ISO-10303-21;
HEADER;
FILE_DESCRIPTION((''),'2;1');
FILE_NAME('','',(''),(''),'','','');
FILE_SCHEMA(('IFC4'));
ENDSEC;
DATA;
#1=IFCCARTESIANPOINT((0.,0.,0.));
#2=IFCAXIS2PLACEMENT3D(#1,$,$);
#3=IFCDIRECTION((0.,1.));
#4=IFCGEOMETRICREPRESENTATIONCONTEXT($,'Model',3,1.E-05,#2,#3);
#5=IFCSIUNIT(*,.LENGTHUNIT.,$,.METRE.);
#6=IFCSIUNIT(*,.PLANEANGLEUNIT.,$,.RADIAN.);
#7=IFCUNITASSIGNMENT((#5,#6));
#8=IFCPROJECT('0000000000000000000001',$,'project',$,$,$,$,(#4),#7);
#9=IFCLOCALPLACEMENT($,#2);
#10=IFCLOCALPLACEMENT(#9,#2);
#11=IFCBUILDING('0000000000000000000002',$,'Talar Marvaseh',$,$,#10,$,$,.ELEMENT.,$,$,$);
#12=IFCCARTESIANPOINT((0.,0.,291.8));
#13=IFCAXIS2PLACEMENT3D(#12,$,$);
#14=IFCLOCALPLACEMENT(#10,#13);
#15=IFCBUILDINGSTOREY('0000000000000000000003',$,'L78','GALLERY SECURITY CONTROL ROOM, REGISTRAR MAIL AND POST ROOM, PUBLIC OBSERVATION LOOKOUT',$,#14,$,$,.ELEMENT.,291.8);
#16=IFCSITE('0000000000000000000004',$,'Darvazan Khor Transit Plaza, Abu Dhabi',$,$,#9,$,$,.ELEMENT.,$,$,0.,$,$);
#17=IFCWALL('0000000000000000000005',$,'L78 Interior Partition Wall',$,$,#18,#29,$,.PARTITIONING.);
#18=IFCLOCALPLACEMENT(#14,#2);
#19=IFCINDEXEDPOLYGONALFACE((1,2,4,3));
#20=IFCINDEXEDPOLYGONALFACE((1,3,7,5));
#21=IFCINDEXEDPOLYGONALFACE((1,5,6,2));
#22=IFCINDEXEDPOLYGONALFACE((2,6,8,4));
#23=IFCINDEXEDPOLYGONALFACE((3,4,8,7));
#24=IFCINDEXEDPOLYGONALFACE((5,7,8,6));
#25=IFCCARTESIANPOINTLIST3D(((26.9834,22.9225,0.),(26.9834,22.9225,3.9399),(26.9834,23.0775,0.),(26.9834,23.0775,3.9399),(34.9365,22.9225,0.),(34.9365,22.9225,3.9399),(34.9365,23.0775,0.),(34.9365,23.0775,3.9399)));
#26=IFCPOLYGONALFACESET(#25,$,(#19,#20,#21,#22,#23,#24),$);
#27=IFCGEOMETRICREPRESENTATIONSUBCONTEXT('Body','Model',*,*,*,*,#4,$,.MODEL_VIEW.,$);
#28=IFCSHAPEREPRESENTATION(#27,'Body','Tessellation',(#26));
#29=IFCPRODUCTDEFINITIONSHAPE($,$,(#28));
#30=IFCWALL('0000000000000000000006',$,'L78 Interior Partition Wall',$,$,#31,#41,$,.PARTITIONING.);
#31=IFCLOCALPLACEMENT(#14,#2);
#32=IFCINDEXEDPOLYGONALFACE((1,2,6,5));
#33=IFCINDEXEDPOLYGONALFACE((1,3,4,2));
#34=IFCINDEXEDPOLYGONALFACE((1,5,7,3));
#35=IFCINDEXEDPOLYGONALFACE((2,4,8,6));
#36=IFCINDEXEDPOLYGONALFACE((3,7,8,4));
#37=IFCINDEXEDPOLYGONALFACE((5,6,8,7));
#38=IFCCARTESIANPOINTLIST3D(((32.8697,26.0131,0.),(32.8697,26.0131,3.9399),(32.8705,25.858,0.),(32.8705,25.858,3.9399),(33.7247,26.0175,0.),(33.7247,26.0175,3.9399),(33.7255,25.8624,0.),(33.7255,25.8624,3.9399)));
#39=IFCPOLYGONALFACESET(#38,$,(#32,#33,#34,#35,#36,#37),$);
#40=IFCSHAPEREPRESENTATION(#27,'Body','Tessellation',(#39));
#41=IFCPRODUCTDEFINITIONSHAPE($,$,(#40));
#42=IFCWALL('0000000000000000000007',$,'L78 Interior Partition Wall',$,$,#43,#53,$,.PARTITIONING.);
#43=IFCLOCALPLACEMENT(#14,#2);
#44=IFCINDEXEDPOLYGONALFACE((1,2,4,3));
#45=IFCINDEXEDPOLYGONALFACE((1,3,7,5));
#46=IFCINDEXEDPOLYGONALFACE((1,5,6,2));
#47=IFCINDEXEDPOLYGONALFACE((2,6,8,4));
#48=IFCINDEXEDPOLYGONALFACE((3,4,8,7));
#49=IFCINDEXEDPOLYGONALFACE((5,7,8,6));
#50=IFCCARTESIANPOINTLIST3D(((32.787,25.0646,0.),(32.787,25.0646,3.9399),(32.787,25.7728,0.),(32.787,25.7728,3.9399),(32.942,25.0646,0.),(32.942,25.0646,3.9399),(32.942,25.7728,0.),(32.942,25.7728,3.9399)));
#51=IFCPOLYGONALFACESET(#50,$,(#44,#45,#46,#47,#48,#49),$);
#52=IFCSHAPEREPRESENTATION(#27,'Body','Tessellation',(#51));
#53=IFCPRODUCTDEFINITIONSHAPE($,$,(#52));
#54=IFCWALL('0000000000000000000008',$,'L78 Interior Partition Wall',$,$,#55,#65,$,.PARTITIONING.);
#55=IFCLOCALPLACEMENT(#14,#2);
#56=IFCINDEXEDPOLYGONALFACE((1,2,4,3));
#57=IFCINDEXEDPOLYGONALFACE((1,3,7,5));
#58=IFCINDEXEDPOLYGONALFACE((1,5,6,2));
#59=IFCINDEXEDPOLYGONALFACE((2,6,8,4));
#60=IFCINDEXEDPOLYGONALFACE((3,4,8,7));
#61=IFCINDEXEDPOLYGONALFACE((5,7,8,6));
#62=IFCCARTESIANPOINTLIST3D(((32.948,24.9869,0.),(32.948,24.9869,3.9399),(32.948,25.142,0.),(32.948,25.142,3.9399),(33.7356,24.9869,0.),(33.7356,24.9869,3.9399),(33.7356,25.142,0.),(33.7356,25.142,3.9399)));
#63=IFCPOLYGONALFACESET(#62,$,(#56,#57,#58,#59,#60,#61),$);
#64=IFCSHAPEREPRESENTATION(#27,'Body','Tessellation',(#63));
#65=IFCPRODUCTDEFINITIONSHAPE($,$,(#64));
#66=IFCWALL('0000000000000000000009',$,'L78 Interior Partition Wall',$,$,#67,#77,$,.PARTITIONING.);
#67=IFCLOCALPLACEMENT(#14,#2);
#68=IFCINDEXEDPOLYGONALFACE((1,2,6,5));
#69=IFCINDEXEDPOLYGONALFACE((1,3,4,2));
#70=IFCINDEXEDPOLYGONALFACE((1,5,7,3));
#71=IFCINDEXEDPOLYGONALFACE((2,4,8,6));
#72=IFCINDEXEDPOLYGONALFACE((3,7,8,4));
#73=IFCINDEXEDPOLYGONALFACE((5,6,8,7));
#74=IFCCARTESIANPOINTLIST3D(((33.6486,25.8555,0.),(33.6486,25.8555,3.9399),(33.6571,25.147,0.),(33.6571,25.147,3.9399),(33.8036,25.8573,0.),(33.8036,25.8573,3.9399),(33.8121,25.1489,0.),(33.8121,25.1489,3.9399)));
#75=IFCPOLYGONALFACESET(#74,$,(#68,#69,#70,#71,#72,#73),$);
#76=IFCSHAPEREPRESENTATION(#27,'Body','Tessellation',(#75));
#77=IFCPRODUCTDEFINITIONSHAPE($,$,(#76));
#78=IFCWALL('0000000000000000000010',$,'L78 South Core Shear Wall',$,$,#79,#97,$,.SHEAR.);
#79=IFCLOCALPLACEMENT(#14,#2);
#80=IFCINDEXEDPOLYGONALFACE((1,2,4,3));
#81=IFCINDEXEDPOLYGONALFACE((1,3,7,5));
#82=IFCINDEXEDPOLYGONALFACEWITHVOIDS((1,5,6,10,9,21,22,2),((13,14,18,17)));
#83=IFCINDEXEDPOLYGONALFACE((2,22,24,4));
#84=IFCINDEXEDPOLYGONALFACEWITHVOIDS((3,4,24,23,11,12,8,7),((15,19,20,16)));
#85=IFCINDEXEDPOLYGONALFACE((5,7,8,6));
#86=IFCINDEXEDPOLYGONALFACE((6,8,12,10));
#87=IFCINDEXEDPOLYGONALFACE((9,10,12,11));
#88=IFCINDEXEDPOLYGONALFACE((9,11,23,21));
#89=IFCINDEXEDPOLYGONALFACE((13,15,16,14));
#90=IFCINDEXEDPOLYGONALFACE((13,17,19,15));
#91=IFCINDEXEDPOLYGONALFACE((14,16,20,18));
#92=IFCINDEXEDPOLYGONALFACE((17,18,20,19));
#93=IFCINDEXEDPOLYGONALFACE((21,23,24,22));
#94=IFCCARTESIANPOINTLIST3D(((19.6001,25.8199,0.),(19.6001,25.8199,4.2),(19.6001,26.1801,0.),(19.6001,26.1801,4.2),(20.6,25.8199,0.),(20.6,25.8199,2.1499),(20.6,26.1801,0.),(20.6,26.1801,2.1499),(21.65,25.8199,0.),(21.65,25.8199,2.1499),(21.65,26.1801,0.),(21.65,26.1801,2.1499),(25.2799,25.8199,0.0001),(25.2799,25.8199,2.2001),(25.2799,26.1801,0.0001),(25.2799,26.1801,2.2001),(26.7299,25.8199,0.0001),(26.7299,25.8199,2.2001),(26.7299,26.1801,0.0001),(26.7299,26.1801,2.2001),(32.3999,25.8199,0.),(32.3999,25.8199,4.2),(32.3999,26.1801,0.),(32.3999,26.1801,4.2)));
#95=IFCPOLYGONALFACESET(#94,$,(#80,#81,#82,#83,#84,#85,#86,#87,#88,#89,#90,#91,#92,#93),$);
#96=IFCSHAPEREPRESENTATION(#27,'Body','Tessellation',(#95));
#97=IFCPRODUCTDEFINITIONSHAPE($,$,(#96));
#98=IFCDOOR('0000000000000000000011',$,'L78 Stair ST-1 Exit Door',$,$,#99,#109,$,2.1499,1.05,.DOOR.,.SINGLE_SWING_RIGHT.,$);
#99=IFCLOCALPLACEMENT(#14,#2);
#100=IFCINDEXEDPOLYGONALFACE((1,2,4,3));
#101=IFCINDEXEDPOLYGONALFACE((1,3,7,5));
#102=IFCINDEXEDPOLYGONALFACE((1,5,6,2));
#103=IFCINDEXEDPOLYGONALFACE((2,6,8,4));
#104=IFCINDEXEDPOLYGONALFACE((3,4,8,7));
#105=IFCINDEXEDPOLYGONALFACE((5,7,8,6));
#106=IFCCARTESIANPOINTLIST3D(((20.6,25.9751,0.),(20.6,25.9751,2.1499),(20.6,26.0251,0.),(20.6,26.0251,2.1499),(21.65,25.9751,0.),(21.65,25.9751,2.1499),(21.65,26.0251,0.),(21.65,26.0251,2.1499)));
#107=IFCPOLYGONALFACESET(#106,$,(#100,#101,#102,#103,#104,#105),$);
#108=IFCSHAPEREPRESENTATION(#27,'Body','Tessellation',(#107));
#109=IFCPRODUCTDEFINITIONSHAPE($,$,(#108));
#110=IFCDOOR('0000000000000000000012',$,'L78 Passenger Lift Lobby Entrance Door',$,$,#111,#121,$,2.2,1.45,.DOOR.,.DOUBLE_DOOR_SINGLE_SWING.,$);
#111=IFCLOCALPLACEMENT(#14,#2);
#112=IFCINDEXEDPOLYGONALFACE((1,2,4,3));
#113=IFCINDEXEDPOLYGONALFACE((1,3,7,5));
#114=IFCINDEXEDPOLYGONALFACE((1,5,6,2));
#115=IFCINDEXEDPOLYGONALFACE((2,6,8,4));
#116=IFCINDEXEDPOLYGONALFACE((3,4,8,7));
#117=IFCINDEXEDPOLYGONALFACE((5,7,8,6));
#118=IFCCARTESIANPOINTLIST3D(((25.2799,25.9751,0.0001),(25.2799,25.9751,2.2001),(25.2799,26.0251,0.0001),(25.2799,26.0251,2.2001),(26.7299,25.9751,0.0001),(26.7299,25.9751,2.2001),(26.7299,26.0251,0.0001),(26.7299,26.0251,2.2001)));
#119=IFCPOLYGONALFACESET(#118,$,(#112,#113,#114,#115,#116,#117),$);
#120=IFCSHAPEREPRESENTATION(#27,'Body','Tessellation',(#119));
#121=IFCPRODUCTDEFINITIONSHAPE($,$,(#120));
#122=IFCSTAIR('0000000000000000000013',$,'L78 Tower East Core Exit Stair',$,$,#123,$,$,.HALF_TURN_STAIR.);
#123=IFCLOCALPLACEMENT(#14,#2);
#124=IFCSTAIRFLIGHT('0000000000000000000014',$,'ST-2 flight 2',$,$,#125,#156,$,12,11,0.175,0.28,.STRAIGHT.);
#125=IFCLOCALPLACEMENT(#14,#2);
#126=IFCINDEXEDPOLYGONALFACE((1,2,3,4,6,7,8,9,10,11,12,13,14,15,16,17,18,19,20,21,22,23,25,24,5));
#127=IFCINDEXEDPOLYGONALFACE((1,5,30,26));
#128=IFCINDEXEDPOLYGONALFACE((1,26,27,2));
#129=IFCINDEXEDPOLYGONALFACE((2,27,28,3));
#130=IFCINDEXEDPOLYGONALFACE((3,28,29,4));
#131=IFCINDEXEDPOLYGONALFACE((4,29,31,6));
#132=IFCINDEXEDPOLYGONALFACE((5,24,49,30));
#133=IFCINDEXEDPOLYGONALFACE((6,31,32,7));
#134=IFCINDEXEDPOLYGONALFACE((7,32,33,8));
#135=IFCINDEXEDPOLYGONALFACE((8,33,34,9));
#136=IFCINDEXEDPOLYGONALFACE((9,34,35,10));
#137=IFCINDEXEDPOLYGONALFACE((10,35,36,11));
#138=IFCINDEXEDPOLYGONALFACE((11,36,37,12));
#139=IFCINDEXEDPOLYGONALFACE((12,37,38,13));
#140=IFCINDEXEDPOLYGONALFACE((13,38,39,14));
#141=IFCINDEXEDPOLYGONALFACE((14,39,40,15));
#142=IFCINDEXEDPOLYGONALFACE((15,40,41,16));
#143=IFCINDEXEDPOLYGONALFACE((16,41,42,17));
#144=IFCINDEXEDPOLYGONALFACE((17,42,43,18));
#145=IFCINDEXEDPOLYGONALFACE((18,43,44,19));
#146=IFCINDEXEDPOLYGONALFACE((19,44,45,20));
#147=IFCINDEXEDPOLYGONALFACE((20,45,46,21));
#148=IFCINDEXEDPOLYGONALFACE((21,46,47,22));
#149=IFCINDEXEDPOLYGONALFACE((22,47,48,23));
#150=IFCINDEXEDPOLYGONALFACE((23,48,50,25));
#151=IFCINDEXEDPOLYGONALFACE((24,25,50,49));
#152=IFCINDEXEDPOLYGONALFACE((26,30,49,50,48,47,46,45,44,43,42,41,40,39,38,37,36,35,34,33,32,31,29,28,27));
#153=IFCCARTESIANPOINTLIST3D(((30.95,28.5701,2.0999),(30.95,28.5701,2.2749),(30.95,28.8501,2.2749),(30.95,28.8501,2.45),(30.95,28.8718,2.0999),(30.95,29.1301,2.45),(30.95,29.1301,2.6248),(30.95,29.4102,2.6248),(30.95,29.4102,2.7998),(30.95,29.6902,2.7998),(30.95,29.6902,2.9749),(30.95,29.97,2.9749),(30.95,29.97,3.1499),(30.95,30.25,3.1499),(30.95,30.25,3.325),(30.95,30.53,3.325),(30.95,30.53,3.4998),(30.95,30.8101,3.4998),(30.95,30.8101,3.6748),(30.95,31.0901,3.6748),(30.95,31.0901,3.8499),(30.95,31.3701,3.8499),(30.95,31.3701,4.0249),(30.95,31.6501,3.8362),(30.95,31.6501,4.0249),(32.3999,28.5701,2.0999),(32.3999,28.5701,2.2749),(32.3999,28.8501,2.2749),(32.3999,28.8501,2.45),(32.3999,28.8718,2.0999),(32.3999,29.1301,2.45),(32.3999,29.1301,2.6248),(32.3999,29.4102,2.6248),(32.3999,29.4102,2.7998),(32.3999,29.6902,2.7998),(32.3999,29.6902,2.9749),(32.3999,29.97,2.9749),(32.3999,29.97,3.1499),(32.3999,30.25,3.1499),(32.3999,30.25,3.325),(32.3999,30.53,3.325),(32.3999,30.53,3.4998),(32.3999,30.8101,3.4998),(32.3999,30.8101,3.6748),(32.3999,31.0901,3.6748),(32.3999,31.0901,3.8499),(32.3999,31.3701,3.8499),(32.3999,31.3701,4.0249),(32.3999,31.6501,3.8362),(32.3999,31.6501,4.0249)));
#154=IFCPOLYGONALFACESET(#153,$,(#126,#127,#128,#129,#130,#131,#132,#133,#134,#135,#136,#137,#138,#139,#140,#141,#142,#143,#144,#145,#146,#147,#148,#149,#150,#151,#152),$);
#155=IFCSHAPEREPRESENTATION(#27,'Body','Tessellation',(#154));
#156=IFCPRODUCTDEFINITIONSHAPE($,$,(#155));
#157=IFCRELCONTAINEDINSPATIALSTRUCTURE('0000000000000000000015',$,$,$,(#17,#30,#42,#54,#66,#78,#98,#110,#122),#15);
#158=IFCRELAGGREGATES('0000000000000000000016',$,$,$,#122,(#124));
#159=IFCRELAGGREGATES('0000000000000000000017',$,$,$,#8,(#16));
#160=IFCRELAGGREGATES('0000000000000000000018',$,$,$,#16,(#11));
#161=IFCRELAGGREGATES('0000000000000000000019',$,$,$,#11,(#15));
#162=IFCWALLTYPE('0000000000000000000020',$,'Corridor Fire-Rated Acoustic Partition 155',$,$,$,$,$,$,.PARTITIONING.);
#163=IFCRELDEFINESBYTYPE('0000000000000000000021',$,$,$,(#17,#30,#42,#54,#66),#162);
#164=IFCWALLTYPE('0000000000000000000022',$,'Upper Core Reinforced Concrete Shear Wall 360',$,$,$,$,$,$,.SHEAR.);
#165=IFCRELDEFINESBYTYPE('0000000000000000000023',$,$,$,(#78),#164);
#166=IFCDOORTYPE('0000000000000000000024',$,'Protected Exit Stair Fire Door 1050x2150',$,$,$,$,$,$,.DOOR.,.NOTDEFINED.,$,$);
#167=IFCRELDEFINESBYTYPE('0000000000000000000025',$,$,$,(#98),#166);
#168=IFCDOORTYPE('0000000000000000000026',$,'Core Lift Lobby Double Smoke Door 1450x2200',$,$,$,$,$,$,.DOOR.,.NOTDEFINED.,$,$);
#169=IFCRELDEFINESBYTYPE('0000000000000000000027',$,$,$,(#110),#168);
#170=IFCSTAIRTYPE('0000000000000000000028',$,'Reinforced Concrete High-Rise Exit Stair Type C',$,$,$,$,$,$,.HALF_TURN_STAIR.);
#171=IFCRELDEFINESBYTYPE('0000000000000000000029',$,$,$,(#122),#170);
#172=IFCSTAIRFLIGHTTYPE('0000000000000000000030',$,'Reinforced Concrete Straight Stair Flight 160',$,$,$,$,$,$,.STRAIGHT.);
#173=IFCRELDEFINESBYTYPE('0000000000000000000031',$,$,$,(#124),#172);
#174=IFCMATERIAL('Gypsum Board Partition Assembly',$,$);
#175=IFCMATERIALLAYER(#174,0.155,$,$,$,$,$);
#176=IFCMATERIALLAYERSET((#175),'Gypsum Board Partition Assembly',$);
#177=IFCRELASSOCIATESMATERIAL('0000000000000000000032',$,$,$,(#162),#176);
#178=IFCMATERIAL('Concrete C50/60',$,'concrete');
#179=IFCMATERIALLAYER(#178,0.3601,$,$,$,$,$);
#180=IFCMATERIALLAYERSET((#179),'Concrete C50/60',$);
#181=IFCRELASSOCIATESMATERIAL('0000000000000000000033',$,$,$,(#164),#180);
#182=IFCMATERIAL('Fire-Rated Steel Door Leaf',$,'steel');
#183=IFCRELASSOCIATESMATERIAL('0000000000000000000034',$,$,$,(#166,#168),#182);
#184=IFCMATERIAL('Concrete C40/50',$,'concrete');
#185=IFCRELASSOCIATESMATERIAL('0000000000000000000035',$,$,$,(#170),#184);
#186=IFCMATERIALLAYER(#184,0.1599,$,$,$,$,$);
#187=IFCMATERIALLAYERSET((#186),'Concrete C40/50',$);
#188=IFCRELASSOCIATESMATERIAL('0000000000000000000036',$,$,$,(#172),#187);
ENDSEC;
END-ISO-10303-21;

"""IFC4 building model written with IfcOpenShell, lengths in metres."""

from ifc_helpers import new_model, si_unit, direction, frame, frame_2d, origin, place, context, subcontext, project, spatial, polyline, rectangle, outline, extrude, source, transform, mapped, material, layer, layer_set, type_object, type_shapes, element, fill, aggregate, save


model = new_model("IFC4")

# Units and contexts
model_context = context("Model", 3, precision=1e-05, world=origin(), true_north=direction((0.0, 1.0)))
body_context = subcontext(model_context, "Body", "Model", "MODEL_VIEW")
ifc_project = project(units=[si_unit("LENGTHUNIT", "METRE"), si_unit("PLANEANGLEUNIT", "RADIAN")], contexts=[model_context])

# Site, building, storey
site_placement = place(None, origin())
site = spatial("IfcSite", under=ifc_project, at=site_placement, Name="Darvazan Khor Transit Plaza, Abu Dhabi", CompositionType="ELEMENT", RefElevation=0.0)
building_placement = place(site_placement, origin())
building = spatial("IfcBuilding", under=site, at=building_placement, Name="Talar Marvaseh", CompositionType="ELEMENT")
storey_placement = place(building_placement, frame((0.0, 0.0, 291.8)))
storey = spatial("IfcBuildingStorey", under=building, at=storey_placement, Name="L78", Description="GALLERY SECURITY CONTROL ROOM, REGISTRAR MAIL AND POST ROOM, PUBLIC OBSERVATION LOOKOUT", CompositionType="ELEMENT", Elevation=291.8)

# Shared definitions
ifc_material_1 = material(Name="Concrete C50/60", Category="concrete")

# Walls
ifc_material_2 = material(Name="Gypsum Board Partition Assembly")
ifc_layer_1 = layer(ifc_material_2, 0.155)
ifc_layer_set_1 = layer_set([ifc_layer_1], Name="Gypsum Board Partition Assembly")
wall_type_1 = type_object("IfcWallType", Name="Corridor Fire-Rated Acoustic Partition 155", PredefinedType="PARTITIONING", material=ifc_layer_set_1)
wall_1_placement = place(storey_placement, frame((34.9365, 23.0, 0.0), z_axis=(0.0, 0.0, 1.0), x_axis=(-1.0, 0.0, 0.0)))
element("IfcWall", 1, at=wall_1_placement, inside=storey, type_object=wall_type_1, Name="L78 Interior Partition Wall", PredefinedType="PARTITIONING", context=body_context, shape_type="SweptSolid", body=[
    extrude(rectangle(XDim=7.9531, YDim=0.155, at=frame_2d((3.9766, 0.0))), origin(), (0.0, 0.0, 1.0), 3.9399),
])
wall_2_placement = place(storey_placement, frame((33.7251, 25.9399, 0.0), z_axis=(0.0, 0.0, 1.0), x_axis=(-0.999987, -0.00514, 0.0)))
element("IfcWall", 2, at=wall_2_placement, inside=storey, type_object=wall_type_1, Name="L78 Interior Partition Wall", PredefinedType="PARTITIONING", context=body_context, shape_type="SweptSolid", body=[
    extrude(rectangle(XDim=0.855, YDim=0.155, at=frame_2d((0.4275, 0.0))), origin(), (0.0, 0.0, 1.0), 3.9399),
])
wall_3_placement = place(storey_placement, frame((32.8645, 25.7727, 0.0), z_axis=(0.0, 0.0, 1.0), x_axis=(0.0, -1.0, 0.0)))
element("IfcWall", 3, at=wall_3_placement, inside=storey, type_object=wall_type_1, Name="L78 Interior Partition Wall", PredefinedType="PARTITIONING", context=body_context, shape_type="SweptSolid", body=[
    extrude(rectangle(XDim=0.7083, YDim=0.155, at=frame_2d((0.354, 0.0))), origin(), (0.0, 0.0, 1.0), 3.9399),
])
wall_4_placement = place(storey_placement, frame((32.948, 25.0645, 0.0), z_axis=(0.0, 0.0, 1.0), x_axis=(1.0, 0.0, 0.0)))
element("IfcWall", 4, at=wall_4_placement, inside=storey, type_object=wall_type_1, Name="L78 Interior Partition Wall", PredefinedType="PARTITIONING", context=body_context, shape_type="SweptSolid", body=[
    extrude(rectangle(XDim=0.7876, YDim=0.155, at=frame_2d((0.3938, 0.0))), origin(), (0.0, 0.0, 1.0), 3.9399),
])
wall_5_placement = place(storey_placement, frame((33.7346, 25.1479, 0.0), z_axis=(0.0, 0.0, 1.0), x_axis=(-0.01206, 0.999927, 0.0)))
element("IfcWall", 5, at=wall_5_placement, inside=storey, type_object=wall_type_1, Name="L78 Interior Partition Wall", PredefinedType="PARTITIONING", context=body_context, shape_type="SweptSolid", body=[
    extrude(rectangle(XDim=0.7085, YDim=0.155, at=frame_2d((0.3542, 0.0))), origin(), (0.0, 0.0, 1.0), 3.9399),
])

# Wall, openings, doors
ifc_layer_2 = layer(ifc_material_1, 0.3601)
ifc_layer_set_2 = layer_set([ifc_layer_2], Name="Concrete C50/60")
wall_type_2 = type_object("IfcWallType", Name="Upper Core Reinforced Concrete Shear Wall 360", PredefinedType="SHEAR", material=ifc_layer_set_2)
wall_6_placement = place(storey_placement, frame((32.3999, 26.0, 0.0), z_axis=(0.0, 0.0, 1.0), x_axis=(-1.0, 0.0, 0.0)))
wall_6 = element("IfcWall", 6, at=wall_6_placement, inside=storey, type_object=wall_type_2, Name="L78 South Core Shear Wall", PredefinedType="SHEAR", context=body_context, shape_type="SweptSolid", body=[
    extrude(rectangle(XDim=12.7998, YDim=0.3601, at=frame_2d((6.3999, 0.0))), origin(), (0.0, 0.0, 1.0), 4.2),
])
opening_1_placement = place(wall_6_placement, frame((10.75, 0.0, 0.0)))
opening_1 = element("IfcOpeningElement", 7, at=opening_1_placement, cuts=wall_6, PredefinedType="OPENING", context=body_context, shape_type="SweptSolid", body=[
    extrude(rectangle(XDim=1.05, YDim=2.1499, at=frame_2d((0.5249, 1.075))), frame((0.0, 0.1899, 0.0), z_axis=(0.0, -1.0, 0.0), x_axis=(1.0, 0.0, 0.0)), (0.0, 0.0, 1.0), 0.3801),
])
opening_2_placement = place(wall_6_placement, frame((5.6699, 0.0, 0.0)))
opening_2 = element("IfcOpeningElement", 8, at=opening_2_placement, cuts=wall_6, PredefinedType="OPENING", context=body_context, shape_type="SweptSolid", body=[
    extrude(rectangle(XDim=1.45, YDim=2.2, at=frame_2d((0.7251, 1.1001))), frame((0.0, 0.1899, 0.0), z_axis=(0.0, -1.0, 0.0), x_axis=(1.0, 0.0, 0.0)), (0.0, 0.0, 1.0), 0.3801),
])
ifc_material_3 = material(Name="Fire-Rated Steel Door Leaf", Category="steel")
door_type_1 = type_object("IfcDoorType", Name="Protected Exit Stair Fire Door 1050x2150", OperationType="NOTDEFINED", PredefinedType="DOOR", material=ifc_material_3)
shared_shape_1 = source(origin(), body_context, "Body", "SweptSolid", [
    extrude(rectangle(XDim=1.05, YDim=2.1499, at=frame_2d((0.5249, 1.075))), frame((0.0, 0.0249, 0.0), z_axis=(0.0, -1.0, 0.0), x_axis=(1.0, 0.0, 0.0)), (0.0, 0.0, 1.0), 0.05),
])
type_shapes(door_type_1, [shared_shape_1])
door_1_placement = place(opening_1_placement, origin())
door_1 = element("IfcDoor", 9, at=door_1_placement, inside=storey, type_object=door_type_1, Name="L78 Stair ST-1 Exit Door", OperationType="SINGLE_SWING_RIGHT", OverallHeight=2.1499, OverallWidth=1.05, PredefinedType="DOOR", context=body_context, shape_type="MappedRepresentation", body=[
    mapped(shared_shape_1, transform((0.0, 0.0, 0.0), x_axis=(1.0, 0.0, 0.0), y_axis=(0.0, 1.0, 0.0), z_axis=(0.0, 0.0, 1.0), scale=1.0)),
])
fill(opening_1, door_1)
door_type_2 = type_object("IfcDoorType", Name="Core Lift Lobby Double Smoke Door 1450x2200", OperationType="NOTDEFINED", PredefinedType="DOOR", material=ifc_material_3)
shared_shape_2 = source(origin(), body_context, "Body", "SweptSolid", [
    extrude(rectangle(XDim=1.45, YDim=2.2, at=frame_2d((0.7251, 1.1001))), frame((0.0, 0.0249, 0.0), z_axis=(0.0, -1.0, 0.0), x_axis=(1.0, 0.0, 0.0)), (0.0, 0.0, 1.0), 0.05),
])
type_shapes(door_type_2, [shared_shape_2])
door_2_placement = place(opening_2_placement, origin())
door_2 = element("IfcDoor", 10, at=door_2_placement, inside=storey, type_object=door_type_2, Name="L78 Passenger Lift Lobby Entrance Door", OperationType="DOUBLE_DOOR_SINGLE_SWING", OverallHeight=2.2, OverallWidth=1.45, PredefinedType="DOOR", context=body_context, shape_type="MappedRepresentation", body=[
    mapped(shared_shape_2, transform((0.0, 0.0, 0.0), x_axis=(1.0, 0.0, 0.0), y_axis=(0.0, 1.0, 0.0), z_axis=(0.0, 0.0, 1.0), scale=1.0)),
])
fill(opening_2, door_2)

# Stair, stair flight
ifc_material_4 = material(Name="Concrete C40/50", Category="concrete")
stair_type = type_object("IfcStairType", Name="Reinforced Concrete High-Rise Exit Stair Type C", PredefinedType="HALF_TURN_STAIR", material=ifc_material_4)
stair_placement = place(storey_placement, origin())
stair = element("IfcStair", 11, at=stair_placement, inside=storey, type_object=stair_type, Name="L78 Tower East Core Exit Stair", PredefinedType="HALF_TURN_STAIR")
ifc_layer_3 = layer(ifc_material_4, 0.1599)
ifc_layer_set_3 = layer_set([ifc_layer_3], Name="Concrete C40/50")
stair_flight_type = type_object("IfcStairFlightType", Name="Reinforced Concrete Straight Stair Flight 160", PredefinedType="STRAIGHT", material=ifc_layer_set_3)
stair_flight_placement = place(storey_placement, frame((31.675, 28.5701, 2.0999), z_axis=(0.0, 0.0, 1.0), x_axis=(0.0, 1.0, 0.0)))
stair_flight = element("IfcStairFlight", 12, at=stair_flight_placement, type_object=stair_flight_type, Name="ST-2 flight 2", NumberOfRisers=12, NumberOfTreads=11, PredefinedType="STRAIGHT", RiserHeight=0.175, TreadLength=0.28, context=body_context, shape_type="SweptSolid", body=[
    extrude(outline(polyline([(0.0, 0.0), (0.0, 0.175), (0.28, 0.175), (0.28, 0.3501), (0.5601, 0.3501), (0.5601, 0.5249), (0.8401, 0.5249), (0.8401, 0.7), (1.1201, 0.7), (1.1201, 0.875), (1.3999, 0.875), (1.3999, 1.05), (1.6799, 1.05), (1.6799, 1.2251), (1.96, 1.2251), (1.96, 1.3999), (2.24, 1.3999), (2.24, 1.575), (2.52, 1.575), (2.52, 1.75), (2.8, 1.75), (2.8, 1.925), (3.0801, 1.925), (3.0801, 2.1001), (3.0801, 1.7363), (0.3018, 0.0), (0.0, 0.0)])), frame((0.0, 0.7251, 0.0), z_axis=(0.0, -1.0, 0.0), x_axis=(1.0, 0.0, 0.0)), (0.0, 0.0, 1.0), 1.45),
])
aggregate(stair, [stair_flight])

save(model, "model.ifc")
